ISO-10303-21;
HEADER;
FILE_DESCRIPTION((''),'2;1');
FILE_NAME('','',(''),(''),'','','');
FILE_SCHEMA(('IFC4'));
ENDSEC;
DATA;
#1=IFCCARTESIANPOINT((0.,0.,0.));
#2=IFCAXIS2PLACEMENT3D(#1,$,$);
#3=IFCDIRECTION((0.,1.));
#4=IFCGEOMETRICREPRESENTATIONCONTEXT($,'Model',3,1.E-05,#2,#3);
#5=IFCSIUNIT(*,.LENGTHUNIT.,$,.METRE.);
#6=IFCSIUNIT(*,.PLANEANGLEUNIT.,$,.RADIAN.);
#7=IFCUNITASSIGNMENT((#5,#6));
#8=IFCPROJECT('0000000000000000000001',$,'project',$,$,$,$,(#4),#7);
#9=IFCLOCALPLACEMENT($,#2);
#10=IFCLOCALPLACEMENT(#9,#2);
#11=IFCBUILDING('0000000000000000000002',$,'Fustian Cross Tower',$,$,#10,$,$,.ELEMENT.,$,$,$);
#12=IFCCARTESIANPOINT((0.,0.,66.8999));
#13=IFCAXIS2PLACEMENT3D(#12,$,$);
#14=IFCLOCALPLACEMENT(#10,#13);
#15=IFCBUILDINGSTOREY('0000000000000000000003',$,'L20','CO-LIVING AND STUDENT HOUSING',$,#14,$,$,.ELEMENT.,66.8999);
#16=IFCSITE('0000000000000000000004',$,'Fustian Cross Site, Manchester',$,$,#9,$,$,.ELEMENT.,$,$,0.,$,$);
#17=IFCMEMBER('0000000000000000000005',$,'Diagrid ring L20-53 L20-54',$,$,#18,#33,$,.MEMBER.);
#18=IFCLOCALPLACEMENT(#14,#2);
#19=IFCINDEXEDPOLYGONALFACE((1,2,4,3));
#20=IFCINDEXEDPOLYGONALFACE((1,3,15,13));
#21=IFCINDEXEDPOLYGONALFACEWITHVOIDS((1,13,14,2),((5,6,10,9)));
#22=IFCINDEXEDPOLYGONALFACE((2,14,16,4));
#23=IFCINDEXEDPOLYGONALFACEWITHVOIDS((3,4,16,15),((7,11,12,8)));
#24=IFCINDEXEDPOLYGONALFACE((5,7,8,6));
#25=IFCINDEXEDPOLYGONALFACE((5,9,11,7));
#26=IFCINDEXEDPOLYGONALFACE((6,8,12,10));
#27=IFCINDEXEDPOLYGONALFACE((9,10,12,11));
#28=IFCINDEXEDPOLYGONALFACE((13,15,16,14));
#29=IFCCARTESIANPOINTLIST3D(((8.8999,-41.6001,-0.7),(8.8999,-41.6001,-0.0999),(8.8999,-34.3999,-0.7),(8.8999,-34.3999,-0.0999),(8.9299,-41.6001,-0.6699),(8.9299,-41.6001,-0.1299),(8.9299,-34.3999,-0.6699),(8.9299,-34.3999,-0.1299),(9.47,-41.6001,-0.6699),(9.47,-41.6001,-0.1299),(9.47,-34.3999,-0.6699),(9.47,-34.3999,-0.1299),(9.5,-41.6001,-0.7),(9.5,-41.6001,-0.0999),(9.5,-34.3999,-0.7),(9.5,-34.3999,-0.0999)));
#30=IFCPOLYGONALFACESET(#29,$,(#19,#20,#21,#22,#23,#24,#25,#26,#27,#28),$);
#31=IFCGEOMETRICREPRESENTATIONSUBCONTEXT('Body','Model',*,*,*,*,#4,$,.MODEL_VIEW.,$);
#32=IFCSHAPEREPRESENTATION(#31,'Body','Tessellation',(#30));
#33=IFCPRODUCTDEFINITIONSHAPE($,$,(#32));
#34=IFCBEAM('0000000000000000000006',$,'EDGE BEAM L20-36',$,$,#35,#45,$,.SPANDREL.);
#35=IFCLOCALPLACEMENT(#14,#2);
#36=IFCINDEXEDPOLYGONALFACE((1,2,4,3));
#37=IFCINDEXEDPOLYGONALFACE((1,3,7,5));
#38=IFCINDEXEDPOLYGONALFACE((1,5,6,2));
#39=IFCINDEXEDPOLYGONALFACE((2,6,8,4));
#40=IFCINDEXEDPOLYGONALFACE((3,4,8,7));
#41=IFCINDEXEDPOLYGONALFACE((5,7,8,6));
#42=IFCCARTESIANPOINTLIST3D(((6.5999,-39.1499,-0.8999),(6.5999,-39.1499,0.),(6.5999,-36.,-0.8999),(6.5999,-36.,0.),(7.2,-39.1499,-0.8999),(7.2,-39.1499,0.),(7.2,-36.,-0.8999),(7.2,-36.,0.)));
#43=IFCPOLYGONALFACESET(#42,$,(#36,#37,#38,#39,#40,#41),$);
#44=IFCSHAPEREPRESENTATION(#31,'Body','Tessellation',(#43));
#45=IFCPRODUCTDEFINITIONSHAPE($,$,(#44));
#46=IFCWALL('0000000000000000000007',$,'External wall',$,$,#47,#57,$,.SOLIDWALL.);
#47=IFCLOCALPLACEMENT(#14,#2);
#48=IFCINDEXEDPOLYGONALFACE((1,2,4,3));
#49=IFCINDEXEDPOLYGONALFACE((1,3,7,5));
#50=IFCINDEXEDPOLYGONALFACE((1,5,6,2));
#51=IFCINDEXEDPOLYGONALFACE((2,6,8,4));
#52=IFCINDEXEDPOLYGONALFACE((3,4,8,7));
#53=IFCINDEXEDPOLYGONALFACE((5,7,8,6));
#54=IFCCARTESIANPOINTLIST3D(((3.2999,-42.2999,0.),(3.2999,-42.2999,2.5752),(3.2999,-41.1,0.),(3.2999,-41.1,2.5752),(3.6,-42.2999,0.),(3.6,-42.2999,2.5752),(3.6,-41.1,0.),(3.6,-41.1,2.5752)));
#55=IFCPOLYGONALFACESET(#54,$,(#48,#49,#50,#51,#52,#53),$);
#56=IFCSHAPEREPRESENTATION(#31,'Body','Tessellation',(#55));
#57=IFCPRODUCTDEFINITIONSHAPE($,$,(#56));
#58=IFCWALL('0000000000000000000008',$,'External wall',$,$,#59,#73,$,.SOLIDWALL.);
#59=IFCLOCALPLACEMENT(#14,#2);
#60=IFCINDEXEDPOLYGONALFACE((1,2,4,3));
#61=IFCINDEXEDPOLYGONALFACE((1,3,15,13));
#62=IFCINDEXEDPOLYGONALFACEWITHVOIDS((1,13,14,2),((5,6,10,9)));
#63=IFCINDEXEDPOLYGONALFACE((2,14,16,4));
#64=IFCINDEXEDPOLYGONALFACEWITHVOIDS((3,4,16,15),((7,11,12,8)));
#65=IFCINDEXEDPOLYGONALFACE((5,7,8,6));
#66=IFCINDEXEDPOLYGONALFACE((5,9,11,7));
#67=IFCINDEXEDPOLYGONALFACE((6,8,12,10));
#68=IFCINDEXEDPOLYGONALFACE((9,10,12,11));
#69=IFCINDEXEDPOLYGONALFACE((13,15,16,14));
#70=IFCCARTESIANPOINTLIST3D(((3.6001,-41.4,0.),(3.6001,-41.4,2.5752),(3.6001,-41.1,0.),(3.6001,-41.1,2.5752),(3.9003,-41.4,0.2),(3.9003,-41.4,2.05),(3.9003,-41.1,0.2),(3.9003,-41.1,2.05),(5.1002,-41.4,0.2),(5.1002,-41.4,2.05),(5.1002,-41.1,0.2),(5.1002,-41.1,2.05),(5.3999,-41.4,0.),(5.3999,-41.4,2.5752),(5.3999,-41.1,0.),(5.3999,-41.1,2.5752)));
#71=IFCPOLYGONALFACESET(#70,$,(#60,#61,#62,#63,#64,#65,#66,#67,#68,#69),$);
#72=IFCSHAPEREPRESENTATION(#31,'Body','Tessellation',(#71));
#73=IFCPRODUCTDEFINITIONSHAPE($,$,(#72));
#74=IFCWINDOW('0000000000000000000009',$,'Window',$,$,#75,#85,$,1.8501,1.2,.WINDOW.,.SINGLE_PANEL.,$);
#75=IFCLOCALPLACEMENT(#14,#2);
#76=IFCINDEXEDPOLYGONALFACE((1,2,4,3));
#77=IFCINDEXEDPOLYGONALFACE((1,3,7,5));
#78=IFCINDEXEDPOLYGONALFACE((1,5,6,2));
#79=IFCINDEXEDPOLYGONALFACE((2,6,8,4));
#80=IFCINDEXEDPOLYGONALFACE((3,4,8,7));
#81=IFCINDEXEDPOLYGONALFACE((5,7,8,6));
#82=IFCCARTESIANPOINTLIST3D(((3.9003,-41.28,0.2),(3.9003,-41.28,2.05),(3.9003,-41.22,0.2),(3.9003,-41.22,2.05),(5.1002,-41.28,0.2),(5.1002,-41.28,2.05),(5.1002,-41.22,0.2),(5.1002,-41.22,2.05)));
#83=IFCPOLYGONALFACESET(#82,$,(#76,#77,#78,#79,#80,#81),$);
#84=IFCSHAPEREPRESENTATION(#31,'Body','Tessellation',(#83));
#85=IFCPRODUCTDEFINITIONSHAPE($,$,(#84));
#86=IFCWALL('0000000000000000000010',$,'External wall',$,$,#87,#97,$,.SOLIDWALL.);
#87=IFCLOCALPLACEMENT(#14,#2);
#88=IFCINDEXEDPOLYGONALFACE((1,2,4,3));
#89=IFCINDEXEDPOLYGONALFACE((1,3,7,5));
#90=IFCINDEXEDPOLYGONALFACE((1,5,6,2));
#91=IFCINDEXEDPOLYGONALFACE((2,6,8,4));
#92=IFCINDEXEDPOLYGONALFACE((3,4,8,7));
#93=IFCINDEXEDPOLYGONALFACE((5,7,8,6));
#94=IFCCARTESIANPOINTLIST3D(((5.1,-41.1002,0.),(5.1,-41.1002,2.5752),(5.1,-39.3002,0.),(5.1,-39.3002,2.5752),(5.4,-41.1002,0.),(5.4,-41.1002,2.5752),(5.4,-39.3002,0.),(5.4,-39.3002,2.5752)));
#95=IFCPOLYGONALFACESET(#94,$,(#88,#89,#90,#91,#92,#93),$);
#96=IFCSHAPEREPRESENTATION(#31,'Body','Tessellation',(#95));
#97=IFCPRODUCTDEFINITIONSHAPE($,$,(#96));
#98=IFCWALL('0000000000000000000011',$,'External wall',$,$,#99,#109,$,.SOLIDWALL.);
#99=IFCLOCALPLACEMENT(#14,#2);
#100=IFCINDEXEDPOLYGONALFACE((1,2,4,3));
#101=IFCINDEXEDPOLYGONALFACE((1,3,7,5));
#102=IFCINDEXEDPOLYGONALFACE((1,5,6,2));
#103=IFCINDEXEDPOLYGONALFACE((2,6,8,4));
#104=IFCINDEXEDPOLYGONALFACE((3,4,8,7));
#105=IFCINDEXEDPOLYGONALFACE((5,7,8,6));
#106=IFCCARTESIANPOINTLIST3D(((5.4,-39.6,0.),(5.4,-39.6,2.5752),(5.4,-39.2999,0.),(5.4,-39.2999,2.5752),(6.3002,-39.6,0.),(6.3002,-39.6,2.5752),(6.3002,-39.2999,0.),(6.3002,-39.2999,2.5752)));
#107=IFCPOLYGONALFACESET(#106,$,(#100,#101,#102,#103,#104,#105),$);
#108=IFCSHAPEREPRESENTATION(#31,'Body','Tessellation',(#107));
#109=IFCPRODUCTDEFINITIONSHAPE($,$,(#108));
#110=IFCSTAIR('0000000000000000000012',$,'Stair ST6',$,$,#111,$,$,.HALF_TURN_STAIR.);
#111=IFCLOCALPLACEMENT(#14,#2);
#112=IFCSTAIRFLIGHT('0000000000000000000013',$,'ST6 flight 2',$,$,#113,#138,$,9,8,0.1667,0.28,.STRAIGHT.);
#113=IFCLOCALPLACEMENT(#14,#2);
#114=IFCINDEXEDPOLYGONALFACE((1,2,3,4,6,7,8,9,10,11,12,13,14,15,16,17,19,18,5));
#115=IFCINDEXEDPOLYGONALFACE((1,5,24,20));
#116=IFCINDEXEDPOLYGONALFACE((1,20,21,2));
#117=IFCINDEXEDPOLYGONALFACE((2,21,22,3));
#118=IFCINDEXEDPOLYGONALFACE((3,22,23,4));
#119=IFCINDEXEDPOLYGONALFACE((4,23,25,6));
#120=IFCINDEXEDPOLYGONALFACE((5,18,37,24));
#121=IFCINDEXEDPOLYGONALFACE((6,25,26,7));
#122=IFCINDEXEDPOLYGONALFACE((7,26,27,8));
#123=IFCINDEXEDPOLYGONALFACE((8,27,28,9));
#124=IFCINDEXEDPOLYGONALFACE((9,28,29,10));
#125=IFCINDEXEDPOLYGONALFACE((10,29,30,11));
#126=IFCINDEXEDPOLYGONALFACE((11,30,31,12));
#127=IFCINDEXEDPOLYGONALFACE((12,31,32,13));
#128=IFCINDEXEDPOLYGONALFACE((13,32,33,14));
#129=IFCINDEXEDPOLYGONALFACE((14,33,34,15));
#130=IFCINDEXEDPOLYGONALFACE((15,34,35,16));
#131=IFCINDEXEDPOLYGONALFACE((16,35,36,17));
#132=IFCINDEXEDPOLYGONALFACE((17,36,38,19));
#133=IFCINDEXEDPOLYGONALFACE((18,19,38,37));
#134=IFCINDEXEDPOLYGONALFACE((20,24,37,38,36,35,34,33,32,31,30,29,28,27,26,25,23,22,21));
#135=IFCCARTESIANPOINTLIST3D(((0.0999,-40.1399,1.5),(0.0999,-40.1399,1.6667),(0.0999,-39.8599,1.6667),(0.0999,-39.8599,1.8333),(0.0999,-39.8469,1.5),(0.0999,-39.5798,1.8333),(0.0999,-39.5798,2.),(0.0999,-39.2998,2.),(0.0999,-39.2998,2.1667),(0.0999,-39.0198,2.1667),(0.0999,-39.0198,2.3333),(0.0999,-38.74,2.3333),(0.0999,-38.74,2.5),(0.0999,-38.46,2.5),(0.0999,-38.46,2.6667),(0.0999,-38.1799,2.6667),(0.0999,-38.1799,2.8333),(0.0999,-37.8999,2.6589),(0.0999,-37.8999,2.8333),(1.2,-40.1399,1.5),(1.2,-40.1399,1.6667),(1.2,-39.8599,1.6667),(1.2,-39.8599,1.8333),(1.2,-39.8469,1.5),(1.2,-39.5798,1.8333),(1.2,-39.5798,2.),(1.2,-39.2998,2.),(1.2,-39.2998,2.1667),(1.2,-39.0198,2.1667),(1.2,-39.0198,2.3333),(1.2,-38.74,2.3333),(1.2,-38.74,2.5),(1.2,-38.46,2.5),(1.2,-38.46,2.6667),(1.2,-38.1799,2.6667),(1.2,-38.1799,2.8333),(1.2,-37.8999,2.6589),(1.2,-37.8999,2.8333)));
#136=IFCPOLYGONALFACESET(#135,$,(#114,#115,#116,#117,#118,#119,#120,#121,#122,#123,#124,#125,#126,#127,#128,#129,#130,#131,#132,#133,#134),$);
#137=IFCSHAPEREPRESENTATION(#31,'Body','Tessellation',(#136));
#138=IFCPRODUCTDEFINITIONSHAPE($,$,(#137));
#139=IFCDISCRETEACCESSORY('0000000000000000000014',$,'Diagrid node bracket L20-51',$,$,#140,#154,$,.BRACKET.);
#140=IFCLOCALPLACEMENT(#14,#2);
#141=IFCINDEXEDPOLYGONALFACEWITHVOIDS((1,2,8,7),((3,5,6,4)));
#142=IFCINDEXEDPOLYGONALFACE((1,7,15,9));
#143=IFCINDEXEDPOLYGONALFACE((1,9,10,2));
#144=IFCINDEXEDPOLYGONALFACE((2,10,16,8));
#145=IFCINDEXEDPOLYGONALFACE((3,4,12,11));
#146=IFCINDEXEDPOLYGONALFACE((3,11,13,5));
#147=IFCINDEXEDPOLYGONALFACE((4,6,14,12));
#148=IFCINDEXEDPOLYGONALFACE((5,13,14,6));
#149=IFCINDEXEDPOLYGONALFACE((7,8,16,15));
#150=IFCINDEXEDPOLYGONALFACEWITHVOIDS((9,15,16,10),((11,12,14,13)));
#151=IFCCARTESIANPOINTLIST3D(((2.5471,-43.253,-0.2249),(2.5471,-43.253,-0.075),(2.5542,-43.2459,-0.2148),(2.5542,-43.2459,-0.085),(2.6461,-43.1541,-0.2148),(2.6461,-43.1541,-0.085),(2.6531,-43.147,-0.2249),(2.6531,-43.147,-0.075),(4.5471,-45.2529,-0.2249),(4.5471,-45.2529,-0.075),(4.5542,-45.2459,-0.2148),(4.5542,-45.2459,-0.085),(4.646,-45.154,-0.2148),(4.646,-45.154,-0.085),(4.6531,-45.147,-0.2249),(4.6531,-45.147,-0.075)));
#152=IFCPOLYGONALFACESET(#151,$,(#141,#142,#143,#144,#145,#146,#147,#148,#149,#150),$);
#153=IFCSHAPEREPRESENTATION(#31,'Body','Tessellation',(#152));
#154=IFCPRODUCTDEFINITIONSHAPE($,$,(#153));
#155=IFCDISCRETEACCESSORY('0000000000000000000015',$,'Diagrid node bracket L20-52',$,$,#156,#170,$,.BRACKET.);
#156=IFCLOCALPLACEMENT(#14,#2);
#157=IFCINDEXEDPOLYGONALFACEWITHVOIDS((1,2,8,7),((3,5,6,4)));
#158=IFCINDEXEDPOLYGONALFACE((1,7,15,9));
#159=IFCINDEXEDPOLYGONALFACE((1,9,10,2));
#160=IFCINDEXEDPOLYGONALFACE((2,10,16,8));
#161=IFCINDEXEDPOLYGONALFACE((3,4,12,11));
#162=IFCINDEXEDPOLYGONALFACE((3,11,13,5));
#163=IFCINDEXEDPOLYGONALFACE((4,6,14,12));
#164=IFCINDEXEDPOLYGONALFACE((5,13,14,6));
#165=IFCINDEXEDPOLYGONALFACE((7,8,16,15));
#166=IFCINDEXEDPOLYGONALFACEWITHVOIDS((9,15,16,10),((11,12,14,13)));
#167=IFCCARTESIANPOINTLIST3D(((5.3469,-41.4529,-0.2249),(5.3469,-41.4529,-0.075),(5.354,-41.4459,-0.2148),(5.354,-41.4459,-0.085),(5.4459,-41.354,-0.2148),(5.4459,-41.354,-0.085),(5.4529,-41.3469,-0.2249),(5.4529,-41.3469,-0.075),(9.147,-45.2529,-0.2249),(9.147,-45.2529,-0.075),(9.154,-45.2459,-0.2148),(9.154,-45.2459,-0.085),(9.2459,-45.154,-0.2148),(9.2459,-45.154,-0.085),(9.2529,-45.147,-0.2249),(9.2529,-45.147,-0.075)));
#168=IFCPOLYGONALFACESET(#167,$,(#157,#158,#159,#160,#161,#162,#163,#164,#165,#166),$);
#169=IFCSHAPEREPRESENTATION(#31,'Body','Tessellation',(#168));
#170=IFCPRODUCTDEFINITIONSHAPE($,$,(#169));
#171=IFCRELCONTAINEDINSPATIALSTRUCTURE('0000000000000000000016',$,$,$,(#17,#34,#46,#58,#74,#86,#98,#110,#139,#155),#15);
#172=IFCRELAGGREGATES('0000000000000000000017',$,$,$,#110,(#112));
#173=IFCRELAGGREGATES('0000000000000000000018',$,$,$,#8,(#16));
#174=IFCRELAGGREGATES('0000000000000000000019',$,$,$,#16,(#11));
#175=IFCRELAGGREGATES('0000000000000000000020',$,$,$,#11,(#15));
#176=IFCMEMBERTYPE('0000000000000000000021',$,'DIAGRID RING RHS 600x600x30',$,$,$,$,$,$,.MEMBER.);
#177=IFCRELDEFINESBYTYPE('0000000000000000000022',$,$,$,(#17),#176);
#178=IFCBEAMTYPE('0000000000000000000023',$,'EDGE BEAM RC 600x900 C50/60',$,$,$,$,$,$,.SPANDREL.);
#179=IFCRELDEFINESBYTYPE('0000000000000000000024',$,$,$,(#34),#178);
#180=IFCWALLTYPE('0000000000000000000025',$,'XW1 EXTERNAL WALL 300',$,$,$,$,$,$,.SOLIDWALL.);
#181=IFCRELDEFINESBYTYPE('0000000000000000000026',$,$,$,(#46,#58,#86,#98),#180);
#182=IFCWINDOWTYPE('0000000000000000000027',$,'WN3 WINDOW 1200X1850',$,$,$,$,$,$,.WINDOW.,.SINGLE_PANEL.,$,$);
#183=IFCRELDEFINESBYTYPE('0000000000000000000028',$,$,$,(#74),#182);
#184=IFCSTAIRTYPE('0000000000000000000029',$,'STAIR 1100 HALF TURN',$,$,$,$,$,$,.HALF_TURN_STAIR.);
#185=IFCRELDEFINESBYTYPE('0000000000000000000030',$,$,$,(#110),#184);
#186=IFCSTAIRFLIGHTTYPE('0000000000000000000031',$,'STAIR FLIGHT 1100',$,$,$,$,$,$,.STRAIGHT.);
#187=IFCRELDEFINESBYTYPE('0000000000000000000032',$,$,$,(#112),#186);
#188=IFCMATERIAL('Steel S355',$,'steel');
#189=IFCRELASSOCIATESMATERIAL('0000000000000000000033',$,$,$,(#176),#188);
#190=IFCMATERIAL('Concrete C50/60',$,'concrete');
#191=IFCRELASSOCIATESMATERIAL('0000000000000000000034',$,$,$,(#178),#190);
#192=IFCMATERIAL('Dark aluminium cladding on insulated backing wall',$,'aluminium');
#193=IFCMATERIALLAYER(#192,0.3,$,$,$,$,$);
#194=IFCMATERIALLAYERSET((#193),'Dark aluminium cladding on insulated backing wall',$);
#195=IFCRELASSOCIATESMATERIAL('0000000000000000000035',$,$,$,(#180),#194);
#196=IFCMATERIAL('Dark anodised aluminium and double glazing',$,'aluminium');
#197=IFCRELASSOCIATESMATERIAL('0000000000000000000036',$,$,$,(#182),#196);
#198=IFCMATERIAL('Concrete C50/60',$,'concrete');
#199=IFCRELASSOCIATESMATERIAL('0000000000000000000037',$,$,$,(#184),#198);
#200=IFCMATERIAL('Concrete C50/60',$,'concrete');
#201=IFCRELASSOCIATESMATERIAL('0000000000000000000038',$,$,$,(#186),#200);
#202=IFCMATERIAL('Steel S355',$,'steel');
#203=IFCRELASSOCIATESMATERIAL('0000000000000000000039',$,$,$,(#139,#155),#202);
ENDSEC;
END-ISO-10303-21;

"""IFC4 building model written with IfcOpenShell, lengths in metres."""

from ifc_helpers import new_model, si_unit, direction, frame, frame_2d, origin, origin_2d, place, context, subcontext, project, spatial, polyline, rectangle, hollow_rectangle, outline, extrude, material, layer, layer_set, material_profile, profile_set, type_object, element, fill, aggregate, save


model = new_model("IFC4")

# Units and contexts
model_context = context("Model", 3, precision=1e-05, world=origin(), true_north=direction((0.0, 1.0)))
body_context = subcontext(model_context, "Body", "Model", "MODEL_VIEW")
ifc_project = project(units=[si_unit("LENGTHUNIT", "METRE"), si_unit("PLANEANGLEUNIT", "RADIAN")], contexts=[model_context])

# Site, building, storey
site_placement = place(None, origin())
site = spatial("IfcSite", under=ifc_project, at=site_placement, Name="Fustian Cross Site, Manchester", CompositionType="ELEMENT", RefElevation=0.0)
building_placement = place(site_placement, origin())
building = spatial("IfcBuilding", under=site, at=building_placement, Name="Fustian Cross Tower", CompositionType="ELEMENT")
storey_placement = place(building_placement, frame((0.0, 0.0, 66.8999)))
storey = spatial("IfcBuildingStorey", under=building, at=storey_placement, Name="L20", Description="CO-LIVING AND STUDENT HOUSING", CompositionType="ELEMENT", Elevation=66.8999)

# Member
ifc_material_1 = material(Name="Steel S355", Category="steel")
ifc_material_profile_1 = material_profile(ifc_material_1, hollow_rectangle(XDim=0.6001, YDim=0.6001, WallThickness=0.03, at=origin_2d()), Name="RHS 600x600x30")
ifc_profile_set_1 = profile_set([ifc_material_profile_1], Name="Steel S355")
member_type_1 = type_object("IfcMemberType", Name="DIAGRID RING RHS 600x600x30", PredefinedType="MEMBER", material=ifc_profile_set_1)
member_1_placement = place(storey_placement, frame((9.2, -41.6001, -0.3999), z_axis=(0.0, 1.0, 0.0), x_axis=(-1.0, 0.0, 0.0)))
element("IfcMember", 1, at=member_1_placement, inside=storey, type_object=member_type_1, Name="Diagrid ring L20-53 L20-54", PredefinedType="MEMBER", context=body_context, shape_type="SweptSolid", body=[
    extrude(hollow_rectangle(XDim=0.6001, YDim=0.6001, WallThickness=0.03, at=origin_2d()), origin(), (0.0, 0.0, 1.0), 7.2002),
])

# Beam
ifc_material_2 = material(Name="Concrete C50/60", Category="concrete")
ifc_material_profile_2 = material_profile(ifc_material_2, rectangle(XDim=0.6001, YDim=0.8999, at=origin_2d()), Name="RC 600x900")
ifc_profile_set_2 = profile_set([ifc_material_profile_2], Name="Concrete C50/60")
beam_type = type_object("IfcBeamType", Name="EDGE BEAM RC 600x900 C50/60", PredefinedType="SPANDREL", material=ifc_profile_set_2)
beam_placement = place(storey_placement, frame((6.8999, -39.1499, -0.45), z_axis=(0.0, 1.0, 0.0), x_axis=(-1.0, 0.0, 0.0)))
element("IfcBeam", 2, at=beam_placement, inside=storey, type_object=beam_type, Name="EDGE BEAM L20-36", PredefinedType="SPANDREL", context=body_context, shape_type="SweptSolid", body=[
    extrude(rectangle(XDim=0.6001, YDim=0.8999, at=origin_2d()), origin(), (0.0, 0.0, 1.0), 3.1499),
])

# Wall
ifc_material_3 = material(Name="Dark aluminium cladding on insulated backing wall", Category="aluminium")
ifc_layer = layer(ifc_material_3, 0.3)
ifc_layer_set = layer_set([ifc_layer], Name="Dark aluminium cladding on insulated backing wall")
wall_type = type_object("IfcWallType", Name="XW1 EXTERNAL WALL 300", PredefinedType="SOLIDWALL", material=ifc_layer_set)
wall_1_placement = place(storey_placement, frame((3.45, -42.3, 0.0), z_axis=(0.0, 0.0, 1.0), x_axis=(0.0, 1.0, 0.0)))
element("IfcWall", 3, at=wall_1_placement, inside=storey, type_object=wall_type, Name="External wall", PredefinedType="SOLIDWALL", context=body_context, shape_type="SweptSolid", body=[
    extrude(rectangle(XDim=1.2, YDim=0.3, at=frame_2d((0.6001, 0.0))), origin(), (0.0, 0.0, 1.0), 2.5752),
])

# Wall, opening, window
wall_2_placement = place(storey_placement, frame((3.6001, -41.25, 0.0), z_axis=(0.0, 0.0, 1.0), x_axis=(1.0, 0.0, 0.0)))
wall_2 = element("IfcWall", 4, at=wall_2_placement, inside=storey, type_object=wall_type, Name="External wall", PredefinedType="SOLIDWALL", context=body_context, shape_type="SweptSolid", body=[
    extrude(rectangle(XDim=1.7998, YDim=0.3, at=frame_2d((0.8999, 0.0))), origin(), (0.0, 0.0, 1.0), 2.5752),
])
opening_placement = place(wall_2_placement, frame((0.3, 0.0, 0.2)))
opening = element("IfcOpeningElement", 5, at=opening_placement, cuts=wall_2, PredefinedType="OPENING", context=body_context, shape_type="SweptSolid", body=[
    extrude(rectangle(XDim=1.2, YDim=1.8501, at=frame_2d((0.6001, 0.925))), frame((0.0, 0.1599, 0.0), z_axis=(0.0, -1.0, 0.0), x_axis=(1.0, 0.0, 0.0)), (0.0, 0.0, 1.0), 0.3201),
])
ifc_material_4 = material(Name="Dark anodised aluminium and double glazing", Category="aluminium")
window_type = type_object("IfcWindowType", Name="WN3 WINDOW 1200X1850", PartitioningType="SINGLE_PANEL", PredefinedType="WINDOW", material=ifc_material_4)
window_placement = place(opening_placement, origin())
window = element("IfcWindow", 6, at=window_placement, inside=storey, type_object=window_type, Name="Window", OverallHeight=1.8501, OverallWidth=1.2, PartitioningType="SINGLE_PANEL", PredefinedType="WINDOW", context=body_context, shape_type="SweptSolid", body=[
    extrude(rectangle(XDim=1.2, YDim=1.8501, at=frame_2d((0.6001, 0.925))), frame((0.0, 0.03, 0.0), z_axis=(0.0, -1.0, 0.0), x_axis=(1.0, 0.0, 0.0)), (0.0, 0.0, 1.0), 0.0601),
])
fill(opening, window)

# Walls
wall_3_placement = place(storey_placement, frame((5.25, -41.1001, 0.0), z_axis=(0.0, 0.0, 1.0), x_axis=(0.0, 1.0, 0.0)))
element("IfcWall", 7, at=wall_3_placement, inside=storey, type_object=wall_type, Name="External wall", PredefinedType="SOLIDWALL", context=body_context, shape_type="SweptSolid", body=[
    extrude(rectangle(XDim=1.8, YDim=0.3, at=frame_2d((0.8999, 0.0))), origin(), (0.0, 0.0, 1.0), 2.5752),
])
wall_4_placement = place(storey_placement, frame((5.3999, -39.45, 0.0), z_axis=(0.0, 0.0, 1.0), x_axis=(1.0, 0.0, 0.0)))
element("IfcWall", 8, at=wall_4_placement, inside=storey, type_object=wall_type, Name="External wall", PredefinedType="SOLIDWALL", context=body_context, shape_type="SweptSolid", body=[
    extrude(rectangle(XDim=0.9001, YDim=0.3, at=frame_2d((0.4502, 0.0))), origin(), (0.0, 0.0, 1.0), 2.5752),
])

# Stair, stair flight
ifc_material_5 = material(Name="Concrete C50/60", Category="concrete")
stair_type = type_object("IfcStairType", Name="STAIR 1100 HALF TURN", PredefinedType="HALF_TURN_STAIR", material=ifc_material_5)
stair_placement = place(storey_placement, origin())
stair = element("IfcStair", 9, at=stair_placement, inside=storey, type_object=stair_type, Name="Stair ST6", PredefinedType="HALF_TURN_STAIR")
ifc_material_6 = material(Name="Concrete C50/60", Category="concrete")
stair_flight_type = type_object("IfcStairFlightType", Name="STAIR FLIGHT 1100", PredefinedType="STRAIGHT", material=ifc_material_6)
stair_flight_placement = place(storey_placement, frame((0.6499, -40.1399, 1.5), z_axis=(0.0, 0.0, 1.0), x_axis=(0.0, 1.0, 0.0)))
stair_flight = element("IfcStairFlight", 10, at=stair_flight_placement, type_object=stair_flight_type, Name="ST6 flight 2", NumberOfRisers=9, NumberOfTreads=8, PredefinedType="STRAIGHT", RiserHeight=0.1667, TreadLength=0.28, context=body_context, shape_type="SweptSolid", body=[
    extrude(outline(polyline([(0.0, 0.0), (0.0, 0.1667), (0.28, 0.1667), (0.28, 0.3333), (0.5601, 0.3333), (0.5601, 0.5), (0.8401, 0.5), (0.8401, 0.6667), (1.1201, 0.6667), (1.1201, 0.8333), (1.3999, 0.8333), (1.3999, 1.0), (1.6799, 1.0), (1.6799, 1.1667), (1.96, 1.1667), (1.96, 1.3333), (2.24, 1.3333), (2.24, 1.5), (2.24, 1.1589), (0.293, 0.0), (0.0, 0.0)])), frame((0.0, 0.55, 0.0), z_axis=(0.0, -1.0, 0.0), x_axis=(1.0, 0.0, 0.0)), (0.0, 0.0, 1.0), 1.1001),
])
aggregate(stair, [stair_flight])

# Discrete accessories
ifc_material_7 = material(Name="Steel S355", Category="steel")
discrete_accessory_1_placement = place(storey_placement, frame((4.6001, -45.2, -0.1499), z_axis=(-0.707107, 0.707107, 0.0), x_axis=(-0.707107, -0.707107, 0.0)))
element("IfcDiscreteAccessory", 11, at=discrete_accessory_1_placement, inside=storey, material=ifc_material_7, Name="Diagrid node bracket L20-51", PredefinedType="BRACKET", context=body_context, shape_type="SweptSolid", body=[
    extrude(hollow_rectangle(XDim=0.1499, YDim=0.1499, WallThickness=0.01, at=origin_2d()), origin(), (0.0, 0.0, 1.0), 2.8284),
])
discrete_accessory_2_placement = place(storey_placement, frame((9.2, -45.2, -0.1499), z_axis=(-0.707107, 0.707107, 0.0), x_axis=(-0.707107, -0.707107, 0.0)))
element("IfcDiscreteAccessory", 12, at=discrete_accessory_2_placement, inside=storey, material=ifc_material_7, Name="Diagrid node bracket L20-52", PredefinedType="BRACKET", context=body_context, shape_type="SweptSolid", body=[
    extrude(hollow_rectangle(XDim=0.1499, YDim=0.1499, WallThickness=0.01, at=origin_2d()), origin(), (0.0, 0.0, 1.0), 5.374),
])

save(model, "model.ifc")
